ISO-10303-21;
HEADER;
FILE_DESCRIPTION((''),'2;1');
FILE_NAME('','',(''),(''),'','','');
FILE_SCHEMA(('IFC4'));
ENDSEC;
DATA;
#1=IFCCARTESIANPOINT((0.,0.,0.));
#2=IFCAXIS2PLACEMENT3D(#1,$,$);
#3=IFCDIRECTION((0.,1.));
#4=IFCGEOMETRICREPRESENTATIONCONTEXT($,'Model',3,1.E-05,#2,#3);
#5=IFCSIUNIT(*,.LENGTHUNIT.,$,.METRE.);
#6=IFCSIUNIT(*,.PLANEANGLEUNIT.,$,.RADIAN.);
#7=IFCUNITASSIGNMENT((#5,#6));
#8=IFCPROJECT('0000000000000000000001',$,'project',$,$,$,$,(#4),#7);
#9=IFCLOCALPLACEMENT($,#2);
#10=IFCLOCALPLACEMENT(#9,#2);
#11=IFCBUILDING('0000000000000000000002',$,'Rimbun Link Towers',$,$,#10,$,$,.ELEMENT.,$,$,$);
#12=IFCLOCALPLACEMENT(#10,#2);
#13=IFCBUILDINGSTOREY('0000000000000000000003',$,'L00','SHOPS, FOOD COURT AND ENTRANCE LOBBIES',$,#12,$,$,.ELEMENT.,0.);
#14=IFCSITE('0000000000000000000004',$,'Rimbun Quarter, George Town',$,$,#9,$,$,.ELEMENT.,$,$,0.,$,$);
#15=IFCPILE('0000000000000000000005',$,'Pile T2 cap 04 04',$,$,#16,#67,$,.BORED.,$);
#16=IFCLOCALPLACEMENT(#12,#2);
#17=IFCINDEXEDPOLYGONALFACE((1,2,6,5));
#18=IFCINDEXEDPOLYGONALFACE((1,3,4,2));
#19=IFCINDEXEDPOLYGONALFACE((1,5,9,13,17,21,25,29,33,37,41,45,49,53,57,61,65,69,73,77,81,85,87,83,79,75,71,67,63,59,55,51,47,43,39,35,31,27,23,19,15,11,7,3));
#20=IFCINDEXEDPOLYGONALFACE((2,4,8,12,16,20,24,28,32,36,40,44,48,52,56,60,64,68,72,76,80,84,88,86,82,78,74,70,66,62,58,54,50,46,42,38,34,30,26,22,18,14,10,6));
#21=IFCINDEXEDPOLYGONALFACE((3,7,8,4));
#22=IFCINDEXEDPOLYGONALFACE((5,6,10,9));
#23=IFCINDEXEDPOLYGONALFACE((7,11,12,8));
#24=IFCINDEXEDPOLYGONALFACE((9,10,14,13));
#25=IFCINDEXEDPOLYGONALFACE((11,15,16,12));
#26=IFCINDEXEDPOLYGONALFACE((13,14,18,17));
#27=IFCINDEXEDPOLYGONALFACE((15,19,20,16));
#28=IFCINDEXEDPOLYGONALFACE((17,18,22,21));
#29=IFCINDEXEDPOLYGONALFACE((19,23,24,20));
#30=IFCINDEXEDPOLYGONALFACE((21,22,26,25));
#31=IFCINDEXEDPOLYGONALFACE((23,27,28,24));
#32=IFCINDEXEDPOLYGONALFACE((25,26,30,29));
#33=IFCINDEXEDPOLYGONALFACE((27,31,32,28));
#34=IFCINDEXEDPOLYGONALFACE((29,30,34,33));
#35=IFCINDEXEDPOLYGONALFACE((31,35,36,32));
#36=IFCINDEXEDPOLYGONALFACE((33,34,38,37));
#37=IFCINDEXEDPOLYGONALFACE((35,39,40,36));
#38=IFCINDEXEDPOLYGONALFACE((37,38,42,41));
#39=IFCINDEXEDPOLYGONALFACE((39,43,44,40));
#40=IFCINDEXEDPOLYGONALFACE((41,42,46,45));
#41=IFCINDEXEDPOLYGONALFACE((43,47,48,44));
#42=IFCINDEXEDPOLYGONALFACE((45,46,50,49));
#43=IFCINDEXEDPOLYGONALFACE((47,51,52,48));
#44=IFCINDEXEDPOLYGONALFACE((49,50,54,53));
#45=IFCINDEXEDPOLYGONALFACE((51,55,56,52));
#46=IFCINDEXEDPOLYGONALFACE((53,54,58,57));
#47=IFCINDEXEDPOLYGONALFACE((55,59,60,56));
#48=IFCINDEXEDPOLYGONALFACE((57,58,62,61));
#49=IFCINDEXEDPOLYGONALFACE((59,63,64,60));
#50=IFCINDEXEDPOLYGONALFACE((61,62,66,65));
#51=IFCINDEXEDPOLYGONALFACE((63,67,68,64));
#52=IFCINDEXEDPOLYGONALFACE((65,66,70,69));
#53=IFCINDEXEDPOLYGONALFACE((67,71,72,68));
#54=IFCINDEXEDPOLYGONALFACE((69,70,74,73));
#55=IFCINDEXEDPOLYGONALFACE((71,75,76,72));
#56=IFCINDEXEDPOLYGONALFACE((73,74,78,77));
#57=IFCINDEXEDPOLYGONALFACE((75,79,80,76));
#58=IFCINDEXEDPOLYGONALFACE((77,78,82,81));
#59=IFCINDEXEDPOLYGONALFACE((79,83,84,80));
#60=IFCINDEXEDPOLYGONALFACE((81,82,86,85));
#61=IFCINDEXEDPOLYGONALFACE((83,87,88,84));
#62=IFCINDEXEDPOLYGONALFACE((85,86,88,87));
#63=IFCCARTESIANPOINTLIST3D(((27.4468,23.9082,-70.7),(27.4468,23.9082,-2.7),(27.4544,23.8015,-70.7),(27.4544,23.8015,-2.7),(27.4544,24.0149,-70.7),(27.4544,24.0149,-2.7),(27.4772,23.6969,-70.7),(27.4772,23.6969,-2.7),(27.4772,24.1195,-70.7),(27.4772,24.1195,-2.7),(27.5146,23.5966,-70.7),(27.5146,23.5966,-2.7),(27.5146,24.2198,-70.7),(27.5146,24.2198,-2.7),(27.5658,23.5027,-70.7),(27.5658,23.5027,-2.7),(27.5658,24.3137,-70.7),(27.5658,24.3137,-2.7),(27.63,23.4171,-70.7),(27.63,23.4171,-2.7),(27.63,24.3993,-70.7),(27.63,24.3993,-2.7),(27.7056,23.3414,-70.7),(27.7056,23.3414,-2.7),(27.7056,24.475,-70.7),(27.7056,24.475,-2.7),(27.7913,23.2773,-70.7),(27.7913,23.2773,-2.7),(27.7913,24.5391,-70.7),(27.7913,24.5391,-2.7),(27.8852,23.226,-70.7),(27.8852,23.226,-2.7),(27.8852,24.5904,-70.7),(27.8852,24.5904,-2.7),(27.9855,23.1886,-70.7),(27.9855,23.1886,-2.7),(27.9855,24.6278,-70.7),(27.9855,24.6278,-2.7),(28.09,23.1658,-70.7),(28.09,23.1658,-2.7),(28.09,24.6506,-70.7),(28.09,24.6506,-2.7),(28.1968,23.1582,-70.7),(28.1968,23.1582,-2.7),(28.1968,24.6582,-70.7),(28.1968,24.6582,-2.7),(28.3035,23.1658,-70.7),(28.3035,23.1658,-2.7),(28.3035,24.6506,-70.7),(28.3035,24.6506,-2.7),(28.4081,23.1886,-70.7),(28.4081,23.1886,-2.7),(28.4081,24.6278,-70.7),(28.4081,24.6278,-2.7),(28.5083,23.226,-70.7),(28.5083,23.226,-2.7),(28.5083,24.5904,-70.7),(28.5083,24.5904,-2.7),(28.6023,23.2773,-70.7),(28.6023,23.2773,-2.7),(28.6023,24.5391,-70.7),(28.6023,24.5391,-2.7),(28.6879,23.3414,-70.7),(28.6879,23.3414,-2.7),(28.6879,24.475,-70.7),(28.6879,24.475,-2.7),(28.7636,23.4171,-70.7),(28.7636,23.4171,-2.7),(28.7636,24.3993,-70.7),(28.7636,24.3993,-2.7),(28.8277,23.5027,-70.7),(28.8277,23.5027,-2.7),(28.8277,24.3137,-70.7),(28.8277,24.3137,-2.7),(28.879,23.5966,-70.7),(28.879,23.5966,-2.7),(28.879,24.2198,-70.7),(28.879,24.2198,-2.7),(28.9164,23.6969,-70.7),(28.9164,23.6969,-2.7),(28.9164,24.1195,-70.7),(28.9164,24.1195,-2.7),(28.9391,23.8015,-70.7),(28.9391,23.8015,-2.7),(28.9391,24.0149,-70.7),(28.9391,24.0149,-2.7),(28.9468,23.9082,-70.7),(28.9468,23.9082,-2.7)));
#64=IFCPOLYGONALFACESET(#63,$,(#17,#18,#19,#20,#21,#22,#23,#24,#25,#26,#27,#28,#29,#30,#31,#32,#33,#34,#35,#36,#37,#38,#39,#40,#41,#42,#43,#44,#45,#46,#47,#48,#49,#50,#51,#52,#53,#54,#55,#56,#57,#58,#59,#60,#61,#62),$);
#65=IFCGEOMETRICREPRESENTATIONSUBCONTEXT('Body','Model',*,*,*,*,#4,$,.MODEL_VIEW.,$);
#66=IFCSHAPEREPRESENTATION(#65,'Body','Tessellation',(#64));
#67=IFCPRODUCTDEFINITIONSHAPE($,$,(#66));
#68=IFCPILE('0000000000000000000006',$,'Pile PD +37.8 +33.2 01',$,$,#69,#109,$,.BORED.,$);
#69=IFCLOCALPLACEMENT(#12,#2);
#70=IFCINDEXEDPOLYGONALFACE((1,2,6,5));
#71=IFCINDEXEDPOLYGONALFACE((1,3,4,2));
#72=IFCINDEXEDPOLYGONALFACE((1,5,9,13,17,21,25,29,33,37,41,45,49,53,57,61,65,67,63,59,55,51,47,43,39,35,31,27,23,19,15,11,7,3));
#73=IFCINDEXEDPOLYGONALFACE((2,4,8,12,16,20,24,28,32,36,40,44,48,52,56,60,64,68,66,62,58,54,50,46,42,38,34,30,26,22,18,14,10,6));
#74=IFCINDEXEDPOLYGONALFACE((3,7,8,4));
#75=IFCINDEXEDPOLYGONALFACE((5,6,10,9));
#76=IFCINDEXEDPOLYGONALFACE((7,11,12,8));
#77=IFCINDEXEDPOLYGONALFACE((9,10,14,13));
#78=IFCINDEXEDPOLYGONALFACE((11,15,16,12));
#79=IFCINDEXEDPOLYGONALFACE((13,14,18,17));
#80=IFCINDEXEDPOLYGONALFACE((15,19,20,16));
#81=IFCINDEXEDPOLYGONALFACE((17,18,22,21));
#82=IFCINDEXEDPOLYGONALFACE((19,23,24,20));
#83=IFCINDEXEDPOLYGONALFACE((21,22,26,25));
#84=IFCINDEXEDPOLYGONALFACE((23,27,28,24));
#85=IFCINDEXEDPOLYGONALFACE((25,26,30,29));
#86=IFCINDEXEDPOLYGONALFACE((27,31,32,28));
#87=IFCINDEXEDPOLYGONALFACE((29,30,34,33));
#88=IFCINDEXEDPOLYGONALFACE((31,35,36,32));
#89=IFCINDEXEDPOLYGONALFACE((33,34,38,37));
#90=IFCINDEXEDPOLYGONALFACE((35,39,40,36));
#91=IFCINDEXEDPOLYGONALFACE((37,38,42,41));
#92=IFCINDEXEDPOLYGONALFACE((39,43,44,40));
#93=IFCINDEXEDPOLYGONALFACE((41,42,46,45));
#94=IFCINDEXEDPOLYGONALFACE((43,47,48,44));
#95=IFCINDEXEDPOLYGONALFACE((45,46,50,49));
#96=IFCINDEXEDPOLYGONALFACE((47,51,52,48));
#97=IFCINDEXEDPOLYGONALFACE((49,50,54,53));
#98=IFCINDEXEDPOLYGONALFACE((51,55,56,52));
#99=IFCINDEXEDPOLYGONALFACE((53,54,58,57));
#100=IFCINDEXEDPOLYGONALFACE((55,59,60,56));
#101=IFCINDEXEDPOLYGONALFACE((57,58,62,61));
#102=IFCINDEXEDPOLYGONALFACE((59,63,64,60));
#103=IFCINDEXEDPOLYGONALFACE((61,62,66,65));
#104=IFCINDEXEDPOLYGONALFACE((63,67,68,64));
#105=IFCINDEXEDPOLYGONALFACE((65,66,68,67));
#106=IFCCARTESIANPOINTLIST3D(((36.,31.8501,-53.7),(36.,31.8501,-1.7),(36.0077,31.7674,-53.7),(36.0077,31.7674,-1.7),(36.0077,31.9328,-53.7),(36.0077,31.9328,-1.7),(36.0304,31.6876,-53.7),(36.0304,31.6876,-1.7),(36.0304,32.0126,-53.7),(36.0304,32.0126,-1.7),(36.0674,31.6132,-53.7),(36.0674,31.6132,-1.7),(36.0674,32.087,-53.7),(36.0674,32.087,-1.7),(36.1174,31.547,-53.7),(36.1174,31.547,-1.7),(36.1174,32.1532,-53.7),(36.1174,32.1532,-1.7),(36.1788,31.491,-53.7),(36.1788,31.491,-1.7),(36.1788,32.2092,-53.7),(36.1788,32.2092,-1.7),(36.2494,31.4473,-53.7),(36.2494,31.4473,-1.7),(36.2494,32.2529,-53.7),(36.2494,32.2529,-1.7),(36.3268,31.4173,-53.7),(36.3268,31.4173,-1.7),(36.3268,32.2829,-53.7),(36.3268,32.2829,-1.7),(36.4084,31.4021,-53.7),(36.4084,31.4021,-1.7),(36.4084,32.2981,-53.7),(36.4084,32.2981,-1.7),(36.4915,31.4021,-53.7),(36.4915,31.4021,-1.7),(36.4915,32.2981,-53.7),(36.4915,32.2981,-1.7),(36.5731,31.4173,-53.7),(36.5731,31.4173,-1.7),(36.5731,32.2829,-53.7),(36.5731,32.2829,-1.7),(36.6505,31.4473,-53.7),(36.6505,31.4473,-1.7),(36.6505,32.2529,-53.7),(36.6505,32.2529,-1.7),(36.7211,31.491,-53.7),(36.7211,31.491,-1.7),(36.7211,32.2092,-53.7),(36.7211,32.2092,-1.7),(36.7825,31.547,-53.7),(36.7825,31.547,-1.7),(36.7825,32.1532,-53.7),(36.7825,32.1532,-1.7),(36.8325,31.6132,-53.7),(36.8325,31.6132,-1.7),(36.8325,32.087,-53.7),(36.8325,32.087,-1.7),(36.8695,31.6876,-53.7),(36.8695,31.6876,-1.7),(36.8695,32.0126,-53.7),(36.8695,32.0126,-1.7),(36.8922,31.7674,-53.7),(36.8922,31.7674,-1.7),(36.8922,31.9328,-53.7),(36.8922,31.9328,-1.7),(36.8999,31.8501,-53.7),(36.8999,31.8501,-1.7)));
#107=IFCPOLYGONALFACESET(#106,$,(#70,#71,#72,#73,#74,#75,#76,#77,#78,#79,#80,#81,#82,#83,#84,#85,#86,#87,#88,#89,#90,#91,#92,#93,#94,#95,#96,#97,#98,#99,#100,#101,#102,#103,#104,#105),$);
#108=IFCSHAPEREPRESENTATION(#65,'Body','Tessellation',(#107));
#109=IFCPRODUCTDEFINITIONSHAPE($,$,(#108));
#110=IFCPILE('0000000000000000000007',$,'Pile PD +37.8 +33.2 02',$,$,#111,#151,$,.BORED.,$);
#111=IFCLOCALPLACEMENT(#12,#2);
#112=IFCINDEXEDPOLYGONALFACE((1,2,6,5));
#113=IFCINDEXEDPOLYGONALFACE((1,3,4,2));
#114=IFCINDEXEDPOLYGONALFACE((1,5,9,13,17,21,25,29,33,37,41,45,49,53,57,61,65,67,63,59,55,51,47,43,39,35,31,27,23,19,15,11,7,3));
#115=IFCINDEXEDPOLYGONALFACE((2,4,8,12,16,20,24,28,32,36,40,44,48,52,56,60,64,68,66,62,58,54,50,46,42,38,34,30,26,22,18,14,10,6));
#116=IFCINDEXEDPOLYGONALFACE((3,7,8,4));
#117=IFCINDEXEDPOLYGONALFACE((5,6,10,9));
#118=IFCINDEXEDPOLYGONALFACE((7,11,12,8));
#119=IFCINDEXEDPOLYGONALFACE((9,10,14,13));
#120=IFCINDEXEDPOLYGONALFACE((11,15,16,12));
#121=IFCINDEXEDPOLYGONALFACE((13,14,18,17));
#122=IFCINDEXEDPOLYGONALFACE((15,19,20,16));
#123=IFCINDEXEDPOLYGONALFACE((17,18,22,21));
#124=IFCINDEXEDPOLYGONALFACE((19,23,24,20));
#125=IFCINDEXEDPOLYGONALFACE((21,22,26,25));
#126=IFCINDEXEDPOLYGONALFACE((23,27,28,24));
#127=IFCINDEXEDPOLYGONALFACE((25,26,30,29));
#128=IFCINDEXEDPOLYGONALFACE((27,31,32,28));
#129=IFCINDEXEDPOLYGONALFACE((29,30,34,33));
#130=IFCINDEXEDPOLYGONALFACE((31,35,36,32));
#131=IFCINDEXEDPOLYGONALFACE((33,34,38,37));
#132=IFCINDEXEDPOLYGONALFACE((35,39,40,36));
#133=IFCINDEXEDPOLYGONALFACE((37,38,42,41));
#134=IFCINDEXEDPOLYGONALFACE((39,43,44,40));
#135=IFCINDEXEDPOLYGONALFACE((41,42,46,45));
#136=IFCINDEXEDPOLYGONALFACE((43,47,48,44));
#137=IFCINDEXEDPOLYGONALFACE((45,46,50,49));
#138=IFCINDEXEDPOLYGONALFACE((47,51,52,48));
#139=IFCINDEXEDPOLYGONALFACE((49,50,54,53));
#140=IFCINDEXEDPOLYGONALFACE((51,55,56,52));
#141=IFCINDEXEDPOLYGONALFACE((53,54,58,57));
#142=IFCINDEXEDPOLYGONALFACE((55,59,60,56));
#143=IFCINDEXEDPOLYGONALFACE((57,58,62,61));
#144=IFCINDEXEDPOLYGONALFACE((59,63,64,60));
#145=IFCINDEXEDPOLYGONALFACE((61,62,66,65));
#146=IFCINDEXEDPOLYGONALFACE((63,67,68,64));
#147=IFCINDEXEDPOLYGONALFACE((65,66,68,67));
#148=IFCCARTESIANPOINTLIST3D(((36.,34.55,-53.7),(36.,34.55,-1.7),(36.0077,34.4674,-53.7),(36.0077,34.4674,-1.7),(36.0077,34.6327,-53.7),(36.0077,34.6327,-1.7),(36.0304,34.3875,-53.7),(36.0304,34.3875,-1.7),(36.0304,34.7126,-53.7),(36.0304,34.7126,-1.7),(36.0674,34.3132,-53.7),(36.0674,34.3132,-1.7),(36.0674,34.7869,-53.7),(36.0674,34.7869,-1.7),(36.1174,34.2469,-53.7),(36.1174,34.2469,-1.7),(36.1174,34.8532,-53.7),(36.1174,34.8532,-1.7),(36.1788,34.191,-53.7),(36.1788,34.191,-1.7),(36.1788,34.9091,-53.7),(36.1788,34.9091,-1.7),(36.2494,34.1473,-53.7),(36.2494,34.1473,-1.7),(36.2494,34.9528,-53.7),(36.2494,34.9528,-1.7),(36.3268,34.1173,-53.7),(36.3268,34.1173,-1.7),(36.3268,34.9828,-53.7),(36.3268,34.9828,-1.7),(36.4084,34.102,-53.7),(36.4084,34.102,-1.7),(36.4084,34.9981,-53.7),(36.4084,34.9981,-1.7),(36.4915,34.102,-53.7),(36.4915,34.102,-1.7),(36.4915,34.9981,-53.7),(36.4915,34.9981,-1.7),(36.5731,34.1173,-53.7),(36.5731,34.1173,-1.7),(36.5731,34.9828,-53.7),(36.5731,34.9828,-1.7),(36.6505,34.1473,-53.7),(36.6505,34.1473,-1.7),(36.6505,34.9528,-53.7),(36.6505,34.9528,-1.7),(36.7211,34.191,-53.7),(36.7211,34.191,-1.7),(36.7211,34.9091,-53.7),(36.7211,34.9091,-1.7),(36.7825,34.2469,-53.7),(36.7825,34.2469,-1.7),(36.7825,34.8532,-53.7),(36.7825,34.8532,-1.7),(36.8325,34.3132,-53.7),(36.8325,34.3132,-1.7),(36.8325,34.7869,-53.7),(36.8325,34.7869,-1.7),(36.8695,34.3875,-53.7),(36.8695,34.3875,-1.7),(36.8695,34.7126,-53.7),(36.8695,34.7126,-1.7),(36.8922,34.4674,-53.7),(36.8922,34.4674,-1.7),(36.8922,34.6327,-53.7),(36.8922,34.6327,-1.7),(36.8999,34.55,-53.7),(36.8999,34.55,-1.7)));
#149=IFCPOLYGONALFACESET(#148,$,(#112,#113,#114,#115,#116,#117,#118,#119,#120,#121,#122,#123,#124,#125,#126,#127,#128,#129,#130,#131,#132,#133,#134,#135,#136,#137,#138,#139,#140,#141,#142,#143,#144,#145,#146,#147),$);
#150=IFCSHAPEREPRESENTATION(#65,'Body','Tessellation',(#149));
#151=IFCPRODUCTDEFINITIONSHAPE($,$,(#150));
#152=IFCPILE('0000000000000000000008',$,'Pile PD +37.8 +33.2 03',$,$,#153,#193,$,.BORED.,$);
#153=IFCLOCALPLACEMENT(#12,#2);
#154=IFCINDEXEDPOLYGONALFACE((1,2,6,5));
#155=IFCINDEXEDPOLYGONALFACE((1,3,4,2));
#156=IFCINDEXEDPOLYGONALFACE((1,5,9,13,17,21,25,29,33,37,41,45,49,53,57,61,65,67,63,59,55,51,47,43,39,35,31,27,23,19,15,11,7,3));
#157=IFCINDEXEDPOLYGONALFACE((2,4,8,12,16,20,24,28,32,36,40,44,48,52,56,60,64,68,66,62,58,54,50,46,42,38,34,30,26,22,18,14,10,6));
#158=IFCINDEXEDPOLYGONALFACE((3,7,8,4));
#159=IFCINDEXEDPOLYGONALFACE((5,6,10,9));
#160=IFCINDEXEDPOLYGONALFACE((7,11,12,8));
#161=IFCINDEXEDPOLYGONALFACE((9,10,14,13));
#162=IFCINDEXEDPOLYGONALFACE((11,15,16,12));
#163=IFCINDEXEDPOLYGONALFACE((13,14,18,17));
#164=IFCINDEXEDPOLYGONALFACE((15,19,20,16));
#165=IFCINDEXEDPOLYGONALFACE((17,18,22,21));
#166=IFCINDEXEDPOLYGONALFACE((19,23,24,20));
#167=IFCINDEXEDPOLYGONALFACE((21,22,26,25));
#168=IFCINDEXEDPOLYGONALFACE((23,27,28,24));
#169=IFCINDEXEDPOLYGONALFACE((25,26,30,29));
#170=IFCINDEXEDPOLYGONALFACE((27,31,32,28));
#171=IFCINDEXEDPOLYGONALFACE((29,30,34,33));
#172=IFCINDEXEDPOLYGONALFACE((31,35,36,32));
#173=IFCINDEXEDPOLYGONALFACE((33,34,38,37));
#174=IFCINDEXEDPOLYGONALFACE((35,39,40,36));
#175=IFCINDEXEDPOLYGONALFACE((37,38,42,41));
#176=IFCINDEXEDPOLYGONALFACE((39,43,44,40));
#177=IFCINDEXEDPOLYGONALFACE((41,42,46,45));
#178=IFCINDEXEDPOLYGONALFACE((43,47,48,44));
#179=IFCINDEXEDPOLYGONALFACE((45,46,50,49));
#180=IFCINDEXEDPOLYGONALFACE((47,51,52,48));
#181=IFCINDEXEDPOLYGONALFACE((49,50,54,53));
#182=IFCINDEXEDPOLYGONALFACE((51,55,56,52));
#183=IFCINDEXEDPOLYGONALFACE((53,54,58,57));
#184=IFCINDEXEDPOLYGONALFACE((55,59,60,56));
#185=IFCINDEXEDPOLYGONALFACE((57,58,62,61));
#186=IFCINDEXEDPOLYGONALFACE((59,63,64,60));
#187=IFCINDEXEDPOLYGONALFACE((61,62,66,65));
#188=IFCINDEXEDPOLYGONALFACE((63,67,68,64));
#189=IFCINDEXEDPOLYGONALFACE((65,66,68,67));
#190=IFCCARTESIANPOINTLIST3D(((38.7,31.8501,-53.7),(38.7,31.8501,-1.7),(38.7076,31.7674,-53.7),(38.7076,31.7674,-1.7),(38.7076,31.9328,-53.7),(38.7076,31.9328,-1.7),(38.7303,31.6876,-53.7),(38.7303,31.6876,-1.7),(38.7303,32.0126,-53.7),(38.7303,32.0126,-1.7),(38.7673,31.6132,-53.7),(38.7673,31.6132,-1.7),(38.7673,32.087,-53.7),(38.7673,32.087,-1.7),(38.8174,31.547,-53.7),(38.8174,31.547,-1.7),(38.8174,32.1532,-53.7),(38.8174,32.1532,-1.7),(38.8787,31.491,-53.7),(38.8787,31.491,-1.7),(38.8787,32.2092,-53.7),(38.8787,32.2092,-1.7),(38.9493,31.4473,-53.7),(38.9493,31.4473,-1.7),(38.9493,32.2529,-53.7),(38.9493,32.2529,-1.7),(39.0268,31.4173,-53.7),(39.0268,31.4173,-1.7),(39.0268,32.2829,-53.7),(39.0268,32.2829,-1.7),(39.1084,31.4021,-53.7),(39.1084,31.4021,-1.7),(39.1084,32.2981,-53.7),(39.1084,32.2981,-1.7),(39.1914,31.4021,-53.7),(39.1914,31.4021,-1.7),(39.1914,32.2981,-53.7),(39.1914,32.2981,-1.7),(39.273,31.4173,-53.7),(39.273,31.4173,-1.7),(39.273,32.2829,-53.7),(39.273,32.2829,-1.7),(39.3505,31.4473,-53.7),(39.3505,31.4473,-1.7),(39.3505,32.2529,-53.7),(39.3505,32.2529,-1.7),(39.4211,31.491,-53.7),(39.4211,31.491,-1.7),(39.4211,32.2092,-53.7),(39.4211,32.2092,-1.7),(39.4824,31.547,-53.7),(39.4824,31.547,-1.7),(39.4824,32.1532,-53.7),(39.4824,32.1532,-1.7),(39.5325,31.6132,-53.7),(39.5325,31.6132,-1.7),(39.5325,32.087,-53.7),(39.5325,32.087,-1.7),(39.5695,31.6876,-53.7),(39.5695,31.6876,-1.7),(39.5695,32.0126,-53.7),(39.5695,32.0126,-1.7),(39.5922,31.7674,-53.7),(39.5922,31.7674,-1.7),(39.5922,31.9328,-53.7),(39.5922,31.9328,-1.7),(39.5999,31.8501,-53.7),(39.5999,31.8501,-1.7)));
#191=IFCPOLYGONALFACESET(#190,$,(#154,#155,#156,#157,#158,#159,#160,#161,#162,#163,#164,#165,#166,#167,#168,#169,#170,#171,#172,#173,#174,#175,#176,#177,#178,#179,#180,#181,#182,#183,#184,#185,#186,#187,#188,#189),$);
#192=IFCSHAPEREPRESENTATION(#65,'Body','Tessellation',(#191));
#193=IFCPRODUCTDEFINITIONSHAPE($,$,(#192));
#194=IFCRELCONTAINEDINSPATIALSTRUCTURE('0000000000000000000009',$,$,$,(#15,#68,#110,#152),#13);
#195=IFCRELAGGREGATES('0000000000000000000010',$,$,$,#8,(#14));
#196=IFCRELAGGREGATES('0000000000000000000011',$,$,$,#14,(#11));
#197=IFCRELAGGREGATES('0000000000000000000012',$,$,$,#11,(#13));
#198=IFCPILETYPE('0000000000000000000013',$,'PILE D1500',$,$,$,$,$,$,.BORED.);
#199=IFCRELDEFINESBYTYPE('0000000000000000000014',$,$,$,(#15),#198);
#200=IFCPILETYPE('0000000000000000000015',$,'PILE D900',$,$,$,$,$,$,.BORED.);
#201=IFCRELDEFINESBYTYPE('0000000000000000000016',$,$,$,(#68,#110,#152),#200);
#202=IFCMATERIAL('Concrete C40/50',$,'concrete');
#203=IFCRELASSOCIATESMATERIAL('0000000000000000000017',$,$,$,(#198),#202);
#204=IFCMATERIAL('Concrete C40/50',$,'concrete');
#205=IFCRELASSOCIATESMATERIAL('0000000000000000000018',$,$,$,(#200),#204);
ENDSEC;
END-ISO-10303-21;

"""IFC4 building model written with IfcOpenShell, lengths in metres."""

from ifc_helpers import new_model, si_unit, direction, frame, origin, origin_2d, place, context, subcontext, project, spatial, circle, extrude, material, material_profile, profile_set, type_object, element, save


model = new_model("IFC4")

# Units and contexts
model_context = context("Model", 3, precision=1e-05, world=origin(), true_north=direction((0.0, 1.0)))
body_context = subcontext(model_context, "Body", "Model", "MODEL_VIEW")
ifc_project = project(units=[si_unit("LENGTHUNIT", "METRE"), si_unit("PLANEANGLEUNIT", "RADIAN")], contexts=[model_context])

# Site, building, storey
site_placement = place(None, origin())
site = spatial("IfcSite", under=ifc_project, at=site_placement, Name="Rimbun Quarter, George Town", CompositionType="ELEMENT", RefElevation=0.0)
building_placement = place(site_placement, origin())
building = spatial("IfcBuilding", under=site, at=building_placement, Name="Rimbun Link Towers", CompositionType="ELEMENT")
storey_placement = place(building_placement, origin())
storey = spatial("IfcBuildingStorey", under=building, at=storey_placement, Name="L00", Description="SHOPS, FOOD COURT AND ENTRANCE LOBBIES", CompositionType="ELEMENT", Elevation=0.0)

# Piles
ifc_material_1 = material(Name="Concrete C40/50", Category="concrete")
ifc_material_profile_1 = material_profile(ifc_material_1, circle(Radius=0.75, at=origin_2d()), Name="PILE D1500")
ifc_profile_set_1 = profile_set([ifc_material_profile_1], Name="Concrete C40/50")
pile_type_1 = type_object("IfcPileType", Name="PILE D1500", PredefinedType="BORED", material=ifc_profile_set_1)
for number, where, z_axis, x_axis, name in (
    (1, (28.1968, 23.9082, -2.7), (0.0, 0.0, -1.0), (1.0, 0.0, 0.0), "Pile T2 cap 04 04"),
):
    element("IfcPile", number, at=place(storey_placement, frame(where, z_axis=z_axis, x_axis=x_axis)), inside=storey, type_object=pile_type_1, Name=name, PredefinedType="BORED", context=body_context, shape_type="SweptSolid", body=[
        extrude(circle(Radius=0.75, at=origin_2d()), origin(), (0.0, 0.0, 1.0), 68.0),
    ])
ifc_material_2 = material(Name="Concrete C40/50", Category="concrete")
ifc_material_profile_2 = material_profile(ifc_material_2, circle(Radius=0.45, at=origin_2d()), Name="PILE D900")
ifc_profile_set_2 = profile_set([ifc_material_profile_2], Name="Concrete C40/50")
pile_type_2 = type_object("IfcPileType", Name="PILE D900", PredefinedType="BORED", material=ifc_profile_set_2)
for number, where, z_axis, x_axis, name in (
    (2, (36.45, 31.8501, -1.7), (0.0, 0.0, -1.0), (1.0, 0.0, 0.0), "Pile PD +37.8 +33.2 01"),
    (3, (36.45, 34.55, -1.7), (0.0, 0.0, -1.0), (1.0, 0.0, 0.0), "Pile PD +37.8 +33.2 02"),
    (4, (39.1499, 31.8501, -1.7), (0.0, 0.0, -1.0), (1.0, 0.0, 0.0), "Pile PD +37.8 +33.2 03"),
):
    element("IfcPile", number, at=place(storey_placement, frame(where, z_axis=z_axis, x_axis=x_axis)), inside=storey, type_object=pile_type_2, Name=name, PredefinedType="BORED", context=body_context, shape_type="SweptSolid", body=[
        extrude(circle(Radius=0.45, at=origin_2d()), origin(), (0.0, 0.0, 1.0), 52.0),
    ])

save(model, "model.ifc")
